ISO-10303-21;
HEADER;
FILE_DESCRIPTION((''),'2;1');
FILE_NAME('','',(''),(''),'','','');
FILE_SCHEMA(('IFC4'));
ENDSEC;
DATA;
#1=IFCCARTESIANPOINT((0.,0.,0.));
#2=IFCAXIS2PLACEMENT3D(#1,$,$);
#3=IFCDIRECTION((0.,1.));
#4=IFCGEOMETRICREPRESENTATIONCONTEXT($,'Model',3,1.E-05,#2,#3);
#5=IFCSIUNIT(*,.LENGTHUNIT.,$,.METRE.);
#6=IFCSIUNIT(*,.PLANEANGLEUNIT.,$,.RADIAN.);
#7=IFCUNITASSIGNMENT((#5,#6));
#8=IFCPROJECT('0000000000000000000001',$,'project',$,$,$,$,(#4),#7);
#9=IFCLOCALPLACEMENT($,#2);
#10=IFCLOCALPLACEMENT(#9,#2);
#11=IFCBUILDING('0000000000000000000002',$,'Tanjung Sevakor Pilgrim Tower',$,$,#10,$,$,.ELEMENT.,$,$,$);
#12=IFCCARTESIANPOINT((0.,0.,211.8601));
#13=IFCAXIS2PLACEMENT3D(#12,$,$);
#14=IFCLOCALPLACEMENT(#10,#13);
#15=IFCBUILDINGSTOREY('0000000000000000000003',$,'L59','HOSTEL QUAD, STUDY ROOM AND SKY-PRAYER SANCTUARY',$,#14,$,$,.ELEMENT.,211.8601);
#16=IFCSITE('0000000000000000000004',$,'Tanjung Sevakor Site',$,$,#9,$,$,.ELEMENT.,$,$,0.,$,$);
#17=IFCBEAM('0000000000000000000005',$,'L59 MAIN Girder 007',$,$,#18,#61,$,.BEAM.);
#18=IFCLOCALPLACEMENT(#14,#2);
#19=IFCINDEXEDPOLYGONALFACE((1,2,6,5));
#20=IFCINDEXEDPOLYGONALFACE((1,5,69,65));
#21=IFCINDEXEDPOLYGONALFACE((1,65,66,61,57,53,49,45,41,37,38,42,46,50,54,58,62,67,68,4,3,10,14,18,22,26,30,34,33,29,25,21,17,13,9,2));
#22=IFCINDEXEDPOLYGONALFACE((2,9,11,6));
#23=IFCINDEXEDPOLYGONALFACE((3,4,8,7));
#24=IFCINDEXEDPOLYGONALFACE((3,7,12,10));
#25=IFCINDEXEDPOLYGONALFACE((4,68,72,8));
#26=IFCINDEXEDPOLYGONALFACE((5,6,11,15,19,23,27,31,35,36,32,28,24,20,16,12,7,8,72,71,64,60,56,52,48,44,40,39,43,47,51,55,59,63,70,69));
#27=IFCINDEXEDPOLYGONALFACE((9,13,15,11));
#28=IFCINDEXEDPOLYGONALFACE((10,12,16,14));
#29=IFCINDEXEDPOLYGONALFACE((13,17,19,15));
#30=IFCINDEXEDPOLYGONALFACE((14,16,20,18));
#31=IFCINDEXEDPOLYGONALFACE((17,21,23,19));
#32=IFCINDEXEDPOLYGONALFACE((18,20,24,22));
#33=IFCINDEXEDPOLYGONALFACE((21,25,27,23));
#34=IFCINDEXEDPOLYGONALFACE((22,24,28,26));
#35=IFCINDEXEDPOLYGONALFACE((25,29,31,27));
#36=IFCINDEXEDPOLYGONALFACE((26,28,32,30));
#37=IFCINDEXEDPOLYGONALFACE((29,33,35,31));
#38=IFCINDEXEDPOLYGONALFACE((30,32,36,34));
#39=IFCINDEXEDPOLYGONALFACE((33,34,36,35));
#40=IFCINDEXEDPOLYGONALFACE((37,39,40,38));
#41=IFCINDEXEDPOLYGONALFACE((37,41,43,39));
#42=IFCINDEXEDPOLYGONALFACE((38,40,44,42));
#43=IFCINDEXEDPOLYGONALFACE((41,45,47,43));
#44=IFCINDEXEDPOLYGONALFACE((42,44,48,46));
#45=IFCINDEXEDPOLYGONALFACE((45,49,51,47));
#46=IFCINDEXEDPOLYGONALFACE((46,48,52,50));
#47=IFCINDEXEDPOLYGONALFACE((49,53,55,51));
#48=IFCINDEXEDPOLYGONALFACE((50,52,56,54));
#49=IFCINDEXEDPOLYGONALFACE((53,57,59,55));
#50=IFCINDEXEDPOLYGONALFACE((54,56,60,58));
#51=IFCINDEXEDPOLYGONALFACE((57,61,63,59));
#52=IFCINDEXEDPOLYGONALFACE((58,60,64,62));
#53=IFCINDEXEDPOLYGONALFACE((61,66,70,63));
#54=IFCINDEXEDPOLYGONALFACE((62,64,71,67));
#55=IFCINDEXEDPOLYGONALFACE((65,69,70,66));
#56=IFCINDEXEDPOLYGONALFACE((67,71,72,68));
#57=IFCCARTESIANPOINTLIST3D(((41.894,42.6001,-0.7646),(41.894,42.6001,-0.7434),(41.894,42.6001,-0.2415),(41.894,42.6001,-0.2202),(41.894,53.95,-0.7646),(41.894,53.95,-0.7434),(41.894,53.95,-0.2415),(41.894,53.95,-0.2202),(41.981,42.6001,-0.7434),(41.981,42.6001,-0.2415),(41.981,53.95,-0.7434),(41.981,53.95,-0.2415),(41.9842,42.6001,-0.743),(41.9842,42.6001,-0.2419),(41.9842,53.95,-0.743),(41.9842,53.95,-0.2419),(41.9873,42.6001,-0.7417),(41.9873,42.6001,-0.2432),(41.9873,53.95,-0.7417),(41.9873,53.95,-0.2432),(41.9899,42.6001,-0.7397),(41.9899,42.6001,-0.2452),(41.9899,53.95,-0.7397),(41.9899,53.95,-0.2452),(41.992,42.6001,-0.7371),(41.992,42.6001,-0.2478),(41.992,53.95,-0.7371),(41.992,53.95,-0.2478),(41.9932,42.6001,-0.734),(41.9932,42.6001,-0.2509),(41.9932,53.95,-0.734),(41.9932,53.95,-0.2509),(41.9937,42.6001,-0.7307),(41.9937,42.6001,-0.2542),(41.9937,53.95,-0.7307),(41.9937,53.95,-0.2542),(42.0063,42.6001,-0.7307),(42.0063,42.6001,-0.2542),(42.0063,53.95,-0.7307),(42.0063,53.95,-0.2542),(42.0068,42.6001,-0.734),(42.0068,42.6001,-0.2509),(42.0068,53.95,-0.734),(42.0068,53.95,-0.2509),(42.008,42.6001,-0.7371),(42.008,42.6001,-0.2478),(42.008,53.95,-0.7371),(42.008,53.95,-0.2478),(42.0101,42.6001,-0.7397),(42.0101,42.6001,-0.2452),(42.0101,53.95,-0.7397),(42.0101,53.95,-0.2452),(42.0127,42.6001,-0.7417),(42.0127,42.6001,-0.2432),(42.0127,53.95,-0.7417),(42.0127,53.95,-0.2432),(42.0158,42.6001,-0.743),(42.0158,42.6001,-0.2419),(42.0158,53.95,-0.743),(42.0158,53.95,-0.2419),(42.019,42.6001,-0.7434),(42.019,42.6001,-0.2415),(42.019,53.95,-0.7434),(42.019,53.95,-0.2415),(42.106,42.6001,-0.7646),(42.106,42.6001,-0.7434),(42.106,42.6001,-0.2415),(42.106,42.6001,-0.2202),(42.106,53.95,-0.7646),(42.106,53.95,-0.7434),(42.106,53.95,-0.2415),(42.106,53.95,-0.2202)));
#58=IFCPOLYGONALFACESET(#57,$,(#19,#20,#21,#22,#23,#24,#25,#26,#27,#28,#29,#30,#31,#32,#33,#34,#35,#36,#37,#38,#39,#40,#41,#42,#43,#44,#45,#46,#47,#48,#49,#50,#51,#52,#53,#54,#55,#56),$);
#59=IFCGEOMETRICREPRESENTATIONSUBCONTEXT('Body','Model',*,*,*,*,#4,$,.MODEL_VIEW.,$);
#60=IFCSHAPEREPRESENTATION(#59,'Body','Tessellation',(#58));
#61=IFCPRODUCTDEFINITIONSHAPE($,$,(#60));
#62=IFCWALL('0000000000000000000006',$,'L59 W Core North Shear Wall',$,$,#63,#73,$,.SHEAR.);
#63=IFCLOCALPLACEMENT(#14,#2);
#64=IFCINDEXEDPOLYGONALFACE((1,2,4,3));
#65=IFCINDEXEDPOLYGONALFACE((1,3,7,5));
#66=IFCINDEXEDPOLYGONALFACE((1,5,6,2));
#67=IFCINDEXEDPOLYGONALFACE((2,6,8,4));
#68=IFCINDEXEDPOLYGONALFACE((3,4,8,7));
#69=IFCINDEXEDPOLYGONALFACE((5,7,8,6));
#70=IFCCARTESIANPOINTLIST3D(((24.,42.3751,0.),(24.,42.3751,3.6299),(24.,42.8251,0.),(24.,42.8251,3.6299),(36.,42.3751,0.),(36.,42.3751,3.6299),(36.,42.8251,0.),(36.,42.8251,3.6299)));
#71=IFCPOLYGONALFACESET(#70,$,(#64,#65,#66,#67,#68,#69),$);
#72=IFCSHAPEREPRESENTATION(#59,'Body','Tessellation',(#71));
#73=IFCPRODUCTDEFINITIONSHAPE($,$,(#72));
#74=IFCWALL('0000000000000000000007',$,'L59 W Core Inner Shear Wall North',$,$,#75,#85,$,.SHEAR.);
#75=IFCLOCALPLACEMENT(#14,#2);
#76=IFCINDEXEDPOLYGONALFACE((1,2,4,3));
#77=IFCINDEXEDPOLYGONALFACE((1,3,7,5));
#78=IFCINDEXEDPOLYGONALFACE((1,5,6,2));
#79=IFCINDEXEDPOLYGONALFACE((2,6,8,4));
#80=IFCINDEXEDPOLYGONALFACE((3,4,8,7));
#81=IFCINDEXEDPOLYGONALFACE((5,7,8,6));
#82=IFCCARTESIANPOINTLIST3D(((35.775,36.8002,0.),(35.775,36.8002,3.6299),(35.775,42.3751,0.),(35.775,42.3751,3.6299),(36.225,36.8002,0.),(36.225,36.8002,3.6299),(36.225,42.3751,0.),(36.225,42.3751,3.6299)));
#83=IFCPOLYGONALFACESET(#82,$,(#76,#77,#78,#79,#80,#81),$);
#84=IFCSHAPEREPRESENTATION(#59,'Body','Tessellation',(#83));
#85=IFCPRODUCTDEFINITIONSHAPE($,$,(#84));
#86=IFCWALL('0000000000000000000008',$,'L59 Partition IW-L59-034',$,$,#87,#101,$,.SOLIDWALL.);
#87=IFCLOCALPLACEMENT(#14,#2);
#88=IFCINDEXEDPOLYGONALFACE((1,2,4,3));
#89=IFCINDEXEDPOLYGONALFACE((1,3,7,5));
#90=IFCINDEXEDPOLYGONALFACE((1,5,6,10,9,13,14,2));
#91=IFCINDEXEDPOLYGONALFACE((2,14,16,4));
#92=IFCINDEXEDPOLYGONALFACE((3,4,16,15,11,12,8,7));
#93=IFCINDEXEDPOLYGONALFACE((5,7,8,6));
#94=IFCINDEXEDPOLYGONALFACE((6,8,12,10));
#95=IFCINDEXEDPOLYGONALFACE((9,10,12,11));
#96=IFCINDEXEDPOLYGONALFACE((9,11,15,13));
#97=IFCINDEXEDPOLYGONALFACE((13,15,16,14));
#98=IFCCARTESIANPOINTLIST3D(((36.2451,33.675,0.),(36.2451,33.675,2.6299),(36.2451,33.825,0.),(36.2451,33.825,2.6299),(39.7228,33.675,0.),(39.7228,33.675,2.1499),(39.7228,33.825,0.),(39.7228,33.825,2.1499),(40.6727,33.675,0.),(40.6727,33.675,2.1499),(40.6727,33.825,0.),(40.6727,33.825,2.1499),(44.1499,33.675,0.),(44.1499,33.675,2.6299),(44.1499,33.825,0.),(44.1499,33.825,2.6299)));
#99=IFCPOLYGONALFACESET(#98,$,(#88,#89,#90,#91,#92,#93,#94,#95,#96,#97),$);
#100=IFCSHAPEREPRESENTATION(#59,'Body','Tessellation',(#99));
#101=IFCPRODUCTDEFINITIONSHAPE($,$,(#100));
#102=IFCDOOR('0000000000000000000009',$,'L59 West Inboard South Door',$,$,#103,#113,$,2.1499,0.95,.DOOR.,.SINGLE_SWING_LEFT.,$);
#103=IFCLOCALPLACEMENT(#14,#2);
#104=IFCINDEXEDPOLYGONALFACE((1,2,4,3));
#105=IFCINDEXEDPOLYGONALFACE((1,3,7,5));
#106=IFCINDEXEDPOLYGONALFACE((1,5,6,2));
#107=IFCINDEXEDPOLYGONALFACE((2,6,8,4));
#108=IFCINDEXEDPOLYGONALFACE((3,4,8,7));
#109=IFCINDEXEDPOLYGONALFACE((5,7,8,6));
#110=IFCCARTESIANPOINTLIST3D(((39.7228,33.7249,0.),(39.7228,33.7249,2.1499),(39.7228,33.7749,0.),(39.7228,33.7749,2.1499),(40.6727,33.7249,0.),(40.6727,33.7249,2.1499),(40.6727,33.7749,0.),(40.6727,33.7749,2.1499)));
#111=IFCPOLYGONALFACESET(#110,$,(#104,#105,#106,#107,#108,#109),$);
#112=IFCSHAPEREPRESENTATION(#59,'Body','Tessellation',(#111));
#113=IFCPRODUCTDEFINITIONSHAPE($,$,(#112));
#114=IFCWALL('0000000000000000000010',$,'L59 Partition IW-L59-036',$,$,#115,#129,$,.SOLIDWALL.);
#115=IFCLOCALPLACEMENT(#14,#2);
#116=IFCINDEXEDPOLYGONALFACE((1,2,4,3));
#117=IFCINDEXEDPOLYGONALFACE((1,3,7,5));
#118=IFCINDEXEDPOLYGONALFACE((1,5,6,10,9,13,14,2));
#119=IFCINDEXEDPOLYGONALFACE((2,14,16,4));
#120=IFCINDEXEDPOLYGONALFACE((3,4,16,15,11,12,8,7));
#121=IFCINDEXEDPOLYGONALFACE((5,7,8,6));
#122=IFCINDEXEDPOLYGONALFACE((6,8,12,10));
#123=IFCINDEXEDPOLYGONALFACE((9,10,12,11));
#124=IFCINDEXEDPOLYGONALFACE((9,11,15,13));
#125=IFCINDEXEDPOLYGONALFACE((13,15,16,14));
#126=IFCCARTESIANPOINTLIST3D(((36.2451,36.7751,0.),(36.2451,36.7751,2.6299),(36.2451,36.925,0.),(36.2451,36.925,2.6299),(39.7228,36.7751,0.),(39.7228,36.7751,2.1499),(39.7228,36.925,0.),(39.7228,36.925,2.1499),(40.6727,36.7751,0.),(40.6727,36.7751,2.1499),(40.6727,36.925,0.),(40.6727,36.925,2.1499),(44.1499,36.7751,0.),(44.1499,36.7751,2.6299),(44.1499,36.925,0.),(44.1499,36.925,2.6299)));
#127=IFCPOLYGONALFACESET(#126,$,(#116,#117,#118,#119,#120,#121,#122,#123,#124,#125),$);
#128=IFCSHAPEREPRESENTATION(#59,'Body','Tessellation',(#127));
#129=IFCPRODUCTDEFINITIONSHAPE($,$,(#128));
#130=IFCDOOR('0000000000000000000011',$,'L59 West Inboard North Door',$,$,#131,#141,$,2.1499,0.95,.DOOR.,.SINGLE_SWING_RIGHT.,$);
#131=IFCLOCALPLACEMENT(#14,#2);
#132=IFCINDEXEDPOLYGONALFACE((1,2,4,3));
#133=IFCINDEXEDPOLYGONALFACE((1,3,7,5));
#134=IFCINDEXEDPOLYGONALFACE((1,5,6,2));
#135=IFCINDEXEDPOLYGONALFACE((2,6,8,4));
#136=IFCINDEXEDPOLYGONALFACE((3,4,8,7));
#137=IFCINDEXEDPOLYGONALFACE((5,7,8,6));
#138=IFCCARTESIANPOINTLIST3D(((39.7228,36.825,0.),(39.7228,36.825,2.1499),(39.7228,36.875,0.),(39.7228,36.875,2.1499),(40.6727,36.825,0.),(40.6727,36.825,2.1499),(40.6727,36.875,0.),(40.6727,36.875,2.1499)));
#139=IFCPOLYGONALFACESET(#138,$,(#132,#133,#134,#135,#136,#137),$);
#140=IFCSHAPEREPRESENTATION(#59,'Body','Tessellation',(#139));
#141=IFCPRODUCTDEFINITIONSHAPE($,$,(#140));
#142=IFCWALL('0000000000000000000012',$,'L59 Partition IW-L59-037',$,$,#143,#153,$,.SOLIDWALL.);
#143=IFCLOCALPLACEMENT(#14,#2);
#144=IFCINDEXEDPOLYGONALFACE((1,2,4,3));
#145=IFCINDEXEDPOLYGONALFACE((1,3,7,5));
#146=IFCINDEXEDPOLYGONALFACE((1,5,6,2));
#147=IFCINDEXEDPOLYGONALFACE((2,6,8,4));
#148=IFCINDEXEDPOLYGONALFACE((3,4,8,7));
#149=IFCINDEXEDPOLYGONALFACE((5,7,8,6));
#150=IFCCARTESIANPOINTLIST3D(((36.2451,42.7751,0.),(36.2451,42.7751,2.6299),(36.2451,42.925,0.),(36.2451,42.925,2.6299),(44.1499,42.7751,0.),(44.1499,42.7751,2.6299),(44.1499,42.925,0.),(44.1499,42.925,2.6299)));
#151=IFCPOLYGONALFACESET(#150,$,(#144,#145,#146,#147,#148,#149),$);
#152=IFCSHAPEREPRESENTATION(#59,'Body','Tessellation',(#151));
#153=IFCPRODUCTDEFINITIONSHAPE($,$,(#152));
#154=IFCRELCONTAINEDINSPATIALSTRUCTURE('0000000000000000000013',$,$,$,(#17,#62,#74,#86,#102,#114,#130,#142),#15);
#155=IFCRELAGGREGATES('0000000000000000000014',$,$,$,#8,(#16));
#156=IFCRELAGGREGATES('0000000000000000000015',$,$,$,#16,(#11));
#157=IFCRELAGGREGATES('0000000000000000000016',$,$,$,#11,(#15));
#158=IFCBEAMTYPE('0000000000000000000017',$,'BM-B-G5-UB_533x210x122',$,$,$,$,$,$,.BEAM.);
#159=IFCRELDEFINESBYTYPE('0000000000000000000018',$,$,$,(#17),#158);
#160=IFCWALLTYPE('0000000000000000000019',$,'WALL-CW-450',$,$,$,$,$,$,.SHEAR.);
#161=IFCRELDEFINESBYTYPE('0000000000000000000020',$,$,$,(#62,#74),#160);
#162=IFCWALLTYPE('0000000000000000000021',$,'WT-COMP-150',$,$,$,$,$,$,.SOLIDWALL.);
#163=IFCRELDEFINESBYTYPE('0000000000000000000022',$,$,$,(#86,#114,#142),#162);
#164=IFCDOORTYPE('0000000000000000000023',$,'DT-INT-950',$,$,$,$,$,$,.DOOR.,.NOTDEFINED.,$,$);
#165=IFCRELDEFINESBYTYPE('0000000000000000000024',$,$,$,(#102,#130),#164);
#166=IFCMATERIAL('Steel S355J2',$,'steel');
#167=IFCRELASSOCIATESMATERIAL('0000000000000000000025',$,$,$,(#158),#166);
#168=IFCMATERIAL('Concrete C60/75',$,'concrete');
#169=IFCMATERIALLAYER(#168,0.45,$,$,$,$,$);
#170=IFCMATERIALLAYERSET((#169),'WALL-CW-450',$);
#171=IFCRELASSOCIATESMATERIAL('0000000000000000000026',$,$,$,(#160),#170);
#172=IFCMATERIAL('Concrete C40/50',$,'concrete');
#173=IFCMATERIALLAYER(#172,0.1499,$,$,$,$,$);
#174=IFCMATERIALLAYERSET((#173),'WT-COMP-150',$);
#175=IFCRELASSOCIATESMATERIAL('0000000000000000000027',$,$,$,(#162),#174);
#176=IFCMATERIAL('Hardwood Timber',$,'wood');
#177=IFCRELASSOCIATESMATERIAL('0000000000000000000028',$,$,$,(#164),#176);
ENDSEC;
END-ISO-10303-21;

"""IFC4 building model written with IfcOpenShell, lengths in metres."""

from ifc_helpers import new_model, si_unit, direction, frame, frame_2d, origin, origin_2d, place, context, subcontext, project, spatial, rectangle, i_section, extrude, material, layer, layer_set, material_profile, profile_set, type_object, element, fill, save


model = new_model("IFC4")

# Units and contexts
model_context = context("Model", 3, precision=1e-05, world=origin(), true_north=direction((0.0, 1.0)))
body_context = subcontext(model_context, "Body", "Model", "MODEL_VIEW")
ifc_project = project(units=[si_unit("LENGTHUNIT", "METRE"), si_unit("PLANEANGLEUNIT", "RADIAN")], contexts=[model_context])

# Site, building, storey
site_placement = place(None, origin())
site = spatial("IfcSite", under=ifc_project, at=site_placement, Name="Tanjung Sevakor Site", CompositionType="ELEMENT", RefElevation=0.0)
building_placement = place(site_placement, origin())
building = spatial("IfcBuilding", under=site, at=building_placement, Name="Tanjung Sevakor Pilgrim Tower", CompositionType="ELEMENT")
storey_placement = place(building_placement, frame((0.0, 0.0, 211.8601)))
storey = spatial("IfcBuildingStorey", under=building, at=storey_placement, Name="L59", Description="HOSTEL QUAD, STUDY ROOM AND SKY-PRAYER SANCTUARY", CompositionType="ELEMENT", Elevation=211.8601)

# Beam
ifc_material_1 = material(Name="Steel S355J2", Category="steel")
ifc_material_profile_1 = material_profile(ifc_material_1, i_section(OverallWidth=0.2119, OverallDepth=0.5444, WebThickness=0.0127, FlangeThickness=0.0212, FilletRadius=0.0127, at=origin_2d()))
ifc_profile_set_1 = profile_set([ifc_material_profile_1], Name="Steel S355J2")
beam_type_1 = type_object("IfcBeamType", Name="BM-B-G5-UB_533x210x122", PredefinedType="BEAM", material=ifc_profile_set_1)
beam_1_placement = place(storey_placement, frame((42.0, 42.6001, -0.4924), z_axis=(0.0, 1.0, 0.0), x_axis=(-1.0, 0.0, 0.0)))
element("IfcBeam", 1, at=beam_1_placement, inside=storey, type_object=beam_type_1, Name="L59 MAIN Girder 007", PredefinedType="BEAM", context=body_context, shape_type="SweptSolid", body=[
    extrude(i_section(OverallWidth=0.2119, OverallDepth=0.5444, WebThickness=0.0127, FlangeThickness=0.0212, FilletRadius=0.0127, at=origin_2d()), origin(), (0.0, 0.0, 1.0), 11.3499),
])

# Walls
ifc_material_2 = material(Name="Concrete C60/75", Category="concrete")
ifc_layer_1 = layer(ifc_material_2, 0.45)
ifc_layer_set_1 = layer_set([ifc_layer_1], Name="WALL-CW-450")
wall_type_1 = type_object("IfcWallType", Name="WALL-CW-450", PredefinedType="SHEAR", material=ifc_layer_set_1)
wall_1_placement = place(storey_placement, frame((36.0, 42.6001, 0.0), z_axis=(0.0, 0.0, 1.0), x_axis=(-1.0, 0.0, 0.0)))
element("IfcWall", 2, at=wall_1_placement, inside=storey, type_object=wall_type_1, Name="L59 W Core North Shear Wall", PredefinedType="SHEAR", context=body_context, shape_type="SweptSolid", body=[
    extrude(rectangle(XDim=12.0, YDim=0.45, at=frame_2d((6.0, 0.0))), origin(), (0.0, 0.0, 1.0), 3.6299),
])
wall_2_placement = place(storey_placement, frame((36.0, 36.8, 0.0), z_axis=(0.0, 0.0, 1.0), x_axis=(0.0, 1.0, 0.0)))
element("IfcWall", 3, at=wall_2_placement, inside=storey, type_object=wall_type_1, Name="L59 W Core Inner Shear Wall North", PredefinedType="SHEAR", context=body_context, shape_type="SweptSolid", body=[
    extrude(rectangle(XDim=5.575, YDim=0.45, at=frame_2d((2.7876, 0.0))), origin(), (0.0, 0.0, 1.0), 3.6299),
])

# Walls, openings, doors
ifc_material_3 = material(Name="Concrete C40/50", Category="concrete")
ifc_layer_2 = layer(ifc_material_3, 0.1499)
ifc_layer_set_2 = layer_set([ifc_layer_2], Name="WT-COMP-150")
wall_type_2 = type_object("IfcWallType", Name="WT-COMP-150", PredefinedType="SOLIDWALL", material=ifc_layer_set_2)
wall_3_placement = place(storey_placement, frame((36.2451, 33.75, 0.0), z_axis=(0.0, 0.0, 1.0), x_axis=(1.0, 0.0, 0.0)))
wall_3 = element("IfcWall", 4, at=wall_3_placement, inside=storey, type_object=wall_type_2, Name="L59 Partition IW-L59-034", PredefinedType="SOLIDWALL", context=body_context, shape_type="SweptSolid", body=[
    extrude(rectangle(XDim=7.9048, YDim=0.1499, at=frame_2d((3.9524, 0.0))), origin(), (0.0, 0.0, 1.0), 2.6299),
])
opening_1_placement = place(wall_3_placement, frame((3.4775, 0.0, 0.0)))
opening_1 = element("IfcOpeningElement", 5, at=opening_1_placement, cuts=wall_3, PredefinedType="OPENING", context=body_context, shape_type="SweptSolid", body=[
    extrude(rectangle(XDim=0.95, YDim=2.1499, at=frame_2d((0.4751, 1.075))), frame((0.0, 0.085, 0.0), z_axis=(0.0, -1.0, 0.0), x_axis=(1.0, 0.0, 0.0)), (0.0, 0.0, 1.0), 0.1699),
])
ifc_material_4 = material(Name="Hardwood Timber", Category="wood")
door_type_1 = type_object("IfcDoorType", Name="DT-INT-950", OperationType="NOTDEFINED", PredefinedType="DOOR", material=ifc_material_4)
door_1_placement = place(opening_1_placement, origin())
door_1 = element("IfcDoor", 6, at=door_1_placement, inside=storey, type_object=door_type_1, Name="L59 West Inboard South Door", OperationType="SINGLE_SWING_LEFT", OverallHeight=2.1499, OverallWidth=0.95, PredefinedType="DOOR", context=body_context, shape_type="SweptSolid", body=[
    extrude(rectangle(XDim=0.95, YDim=2.1499, at=frame_2d((0.4751, 1.075))), frame((0.0, 0.0249, 0.0), z_axis=(0.0, -1.0, 0.0), x_axis=(1.0, 0.0, 0.0)), (0.0, 0.0, 1.0), 0.05),
])
fill(opening_1, door_1)
wall_4_placement = place(storey_placement, frame((36.2451, 36.8501, 0.0), z_axis=(0.0, 0.0, 1.0), x_axis=(1.0, 0.0, 0.0)))
wall_4 = element("IfcWall", 7, at=wall_4_placement, inside=storey, type_object=wall_type_2, Name="L59 Partition IW-L59-036", PredefinedType="SOLIDWALL", context=body_context, shape_type="SweptSolid", body=[
    extrude(rectangle(XDim=7.9048, YDim=0.1499, at=frame_2d((3.9524, 0.0))), origin(), (0.0, 0.0, 1.0), 2.6299),
])
opening_2_placement = place(wall_4_placement, frame((3.4775, 0.0, 0.0)))
opening_2 = element("IfcOpeningElement", 8, at=opening_2_placement, cuts=wall_4, PredefinedType="OPENING", context=body_context, shape_type="SweptSolid", body=[
    extrude(rectangle(XDim=0.95, YDim=2.1499, at=frame_2d((0.4751, 1.075))), frame((0.0, 0.085, 0.0), z_axis=(0.0, -1.0, 0.0), x_axis=(1.0, 0.0, 0.0)), (0.0, 0.0, 1.0), 0.1699),
])
door_2_placement = place(opening_2_placement, origin())
door_2 = element("IfcDoor", 9, at=door_2_placement, inside=storey, type_object=door_type_1, Name="L59 West Inboard North Door", OperationType="SINGLE_SWING_RIGHT", OverallHeight=2.1499, OverallWidth=0.95, PredefinedType="DOOR", context=body_context, shape_type="SweptSolid", body=[
    extrude(rectangle(XDim=0.95, YDim=2.1499, at=frame_2d((0.4751, 1.075))), frame((0.0, 0.0249, 0.0), z_axis=(0.0, -1.0, 0.0), x_axis=(1.0, 0.0, 0.0)), (0.0, 0.0, 1.0), 0.05),
])
fill(opening_2, door_2)

# Wall
wall_5_placement = place(storey_placement, frame((36.2451, 42.8501, 0.0), z_axis=(0.0, 0.0, 1.0), x_axis=(1.0, 0.0, 0.0)))
element("IfcWall", 10, at=wall_5_placement, inside=storey, type_object=wall_type_2, Name="L59 Partition IW-L59-037", PredefinedType="SOLIDWALL", context=body_context, shape_type="SweptSolid", body=[
    extrude(rectangle(XDim=7.9048, YDim=0.1499, at=frame_2d((3.9524, 0.0))), origin(), (0.0, 0.0, 1.0), 2.6299),
])

save(model, "model.ifc")
